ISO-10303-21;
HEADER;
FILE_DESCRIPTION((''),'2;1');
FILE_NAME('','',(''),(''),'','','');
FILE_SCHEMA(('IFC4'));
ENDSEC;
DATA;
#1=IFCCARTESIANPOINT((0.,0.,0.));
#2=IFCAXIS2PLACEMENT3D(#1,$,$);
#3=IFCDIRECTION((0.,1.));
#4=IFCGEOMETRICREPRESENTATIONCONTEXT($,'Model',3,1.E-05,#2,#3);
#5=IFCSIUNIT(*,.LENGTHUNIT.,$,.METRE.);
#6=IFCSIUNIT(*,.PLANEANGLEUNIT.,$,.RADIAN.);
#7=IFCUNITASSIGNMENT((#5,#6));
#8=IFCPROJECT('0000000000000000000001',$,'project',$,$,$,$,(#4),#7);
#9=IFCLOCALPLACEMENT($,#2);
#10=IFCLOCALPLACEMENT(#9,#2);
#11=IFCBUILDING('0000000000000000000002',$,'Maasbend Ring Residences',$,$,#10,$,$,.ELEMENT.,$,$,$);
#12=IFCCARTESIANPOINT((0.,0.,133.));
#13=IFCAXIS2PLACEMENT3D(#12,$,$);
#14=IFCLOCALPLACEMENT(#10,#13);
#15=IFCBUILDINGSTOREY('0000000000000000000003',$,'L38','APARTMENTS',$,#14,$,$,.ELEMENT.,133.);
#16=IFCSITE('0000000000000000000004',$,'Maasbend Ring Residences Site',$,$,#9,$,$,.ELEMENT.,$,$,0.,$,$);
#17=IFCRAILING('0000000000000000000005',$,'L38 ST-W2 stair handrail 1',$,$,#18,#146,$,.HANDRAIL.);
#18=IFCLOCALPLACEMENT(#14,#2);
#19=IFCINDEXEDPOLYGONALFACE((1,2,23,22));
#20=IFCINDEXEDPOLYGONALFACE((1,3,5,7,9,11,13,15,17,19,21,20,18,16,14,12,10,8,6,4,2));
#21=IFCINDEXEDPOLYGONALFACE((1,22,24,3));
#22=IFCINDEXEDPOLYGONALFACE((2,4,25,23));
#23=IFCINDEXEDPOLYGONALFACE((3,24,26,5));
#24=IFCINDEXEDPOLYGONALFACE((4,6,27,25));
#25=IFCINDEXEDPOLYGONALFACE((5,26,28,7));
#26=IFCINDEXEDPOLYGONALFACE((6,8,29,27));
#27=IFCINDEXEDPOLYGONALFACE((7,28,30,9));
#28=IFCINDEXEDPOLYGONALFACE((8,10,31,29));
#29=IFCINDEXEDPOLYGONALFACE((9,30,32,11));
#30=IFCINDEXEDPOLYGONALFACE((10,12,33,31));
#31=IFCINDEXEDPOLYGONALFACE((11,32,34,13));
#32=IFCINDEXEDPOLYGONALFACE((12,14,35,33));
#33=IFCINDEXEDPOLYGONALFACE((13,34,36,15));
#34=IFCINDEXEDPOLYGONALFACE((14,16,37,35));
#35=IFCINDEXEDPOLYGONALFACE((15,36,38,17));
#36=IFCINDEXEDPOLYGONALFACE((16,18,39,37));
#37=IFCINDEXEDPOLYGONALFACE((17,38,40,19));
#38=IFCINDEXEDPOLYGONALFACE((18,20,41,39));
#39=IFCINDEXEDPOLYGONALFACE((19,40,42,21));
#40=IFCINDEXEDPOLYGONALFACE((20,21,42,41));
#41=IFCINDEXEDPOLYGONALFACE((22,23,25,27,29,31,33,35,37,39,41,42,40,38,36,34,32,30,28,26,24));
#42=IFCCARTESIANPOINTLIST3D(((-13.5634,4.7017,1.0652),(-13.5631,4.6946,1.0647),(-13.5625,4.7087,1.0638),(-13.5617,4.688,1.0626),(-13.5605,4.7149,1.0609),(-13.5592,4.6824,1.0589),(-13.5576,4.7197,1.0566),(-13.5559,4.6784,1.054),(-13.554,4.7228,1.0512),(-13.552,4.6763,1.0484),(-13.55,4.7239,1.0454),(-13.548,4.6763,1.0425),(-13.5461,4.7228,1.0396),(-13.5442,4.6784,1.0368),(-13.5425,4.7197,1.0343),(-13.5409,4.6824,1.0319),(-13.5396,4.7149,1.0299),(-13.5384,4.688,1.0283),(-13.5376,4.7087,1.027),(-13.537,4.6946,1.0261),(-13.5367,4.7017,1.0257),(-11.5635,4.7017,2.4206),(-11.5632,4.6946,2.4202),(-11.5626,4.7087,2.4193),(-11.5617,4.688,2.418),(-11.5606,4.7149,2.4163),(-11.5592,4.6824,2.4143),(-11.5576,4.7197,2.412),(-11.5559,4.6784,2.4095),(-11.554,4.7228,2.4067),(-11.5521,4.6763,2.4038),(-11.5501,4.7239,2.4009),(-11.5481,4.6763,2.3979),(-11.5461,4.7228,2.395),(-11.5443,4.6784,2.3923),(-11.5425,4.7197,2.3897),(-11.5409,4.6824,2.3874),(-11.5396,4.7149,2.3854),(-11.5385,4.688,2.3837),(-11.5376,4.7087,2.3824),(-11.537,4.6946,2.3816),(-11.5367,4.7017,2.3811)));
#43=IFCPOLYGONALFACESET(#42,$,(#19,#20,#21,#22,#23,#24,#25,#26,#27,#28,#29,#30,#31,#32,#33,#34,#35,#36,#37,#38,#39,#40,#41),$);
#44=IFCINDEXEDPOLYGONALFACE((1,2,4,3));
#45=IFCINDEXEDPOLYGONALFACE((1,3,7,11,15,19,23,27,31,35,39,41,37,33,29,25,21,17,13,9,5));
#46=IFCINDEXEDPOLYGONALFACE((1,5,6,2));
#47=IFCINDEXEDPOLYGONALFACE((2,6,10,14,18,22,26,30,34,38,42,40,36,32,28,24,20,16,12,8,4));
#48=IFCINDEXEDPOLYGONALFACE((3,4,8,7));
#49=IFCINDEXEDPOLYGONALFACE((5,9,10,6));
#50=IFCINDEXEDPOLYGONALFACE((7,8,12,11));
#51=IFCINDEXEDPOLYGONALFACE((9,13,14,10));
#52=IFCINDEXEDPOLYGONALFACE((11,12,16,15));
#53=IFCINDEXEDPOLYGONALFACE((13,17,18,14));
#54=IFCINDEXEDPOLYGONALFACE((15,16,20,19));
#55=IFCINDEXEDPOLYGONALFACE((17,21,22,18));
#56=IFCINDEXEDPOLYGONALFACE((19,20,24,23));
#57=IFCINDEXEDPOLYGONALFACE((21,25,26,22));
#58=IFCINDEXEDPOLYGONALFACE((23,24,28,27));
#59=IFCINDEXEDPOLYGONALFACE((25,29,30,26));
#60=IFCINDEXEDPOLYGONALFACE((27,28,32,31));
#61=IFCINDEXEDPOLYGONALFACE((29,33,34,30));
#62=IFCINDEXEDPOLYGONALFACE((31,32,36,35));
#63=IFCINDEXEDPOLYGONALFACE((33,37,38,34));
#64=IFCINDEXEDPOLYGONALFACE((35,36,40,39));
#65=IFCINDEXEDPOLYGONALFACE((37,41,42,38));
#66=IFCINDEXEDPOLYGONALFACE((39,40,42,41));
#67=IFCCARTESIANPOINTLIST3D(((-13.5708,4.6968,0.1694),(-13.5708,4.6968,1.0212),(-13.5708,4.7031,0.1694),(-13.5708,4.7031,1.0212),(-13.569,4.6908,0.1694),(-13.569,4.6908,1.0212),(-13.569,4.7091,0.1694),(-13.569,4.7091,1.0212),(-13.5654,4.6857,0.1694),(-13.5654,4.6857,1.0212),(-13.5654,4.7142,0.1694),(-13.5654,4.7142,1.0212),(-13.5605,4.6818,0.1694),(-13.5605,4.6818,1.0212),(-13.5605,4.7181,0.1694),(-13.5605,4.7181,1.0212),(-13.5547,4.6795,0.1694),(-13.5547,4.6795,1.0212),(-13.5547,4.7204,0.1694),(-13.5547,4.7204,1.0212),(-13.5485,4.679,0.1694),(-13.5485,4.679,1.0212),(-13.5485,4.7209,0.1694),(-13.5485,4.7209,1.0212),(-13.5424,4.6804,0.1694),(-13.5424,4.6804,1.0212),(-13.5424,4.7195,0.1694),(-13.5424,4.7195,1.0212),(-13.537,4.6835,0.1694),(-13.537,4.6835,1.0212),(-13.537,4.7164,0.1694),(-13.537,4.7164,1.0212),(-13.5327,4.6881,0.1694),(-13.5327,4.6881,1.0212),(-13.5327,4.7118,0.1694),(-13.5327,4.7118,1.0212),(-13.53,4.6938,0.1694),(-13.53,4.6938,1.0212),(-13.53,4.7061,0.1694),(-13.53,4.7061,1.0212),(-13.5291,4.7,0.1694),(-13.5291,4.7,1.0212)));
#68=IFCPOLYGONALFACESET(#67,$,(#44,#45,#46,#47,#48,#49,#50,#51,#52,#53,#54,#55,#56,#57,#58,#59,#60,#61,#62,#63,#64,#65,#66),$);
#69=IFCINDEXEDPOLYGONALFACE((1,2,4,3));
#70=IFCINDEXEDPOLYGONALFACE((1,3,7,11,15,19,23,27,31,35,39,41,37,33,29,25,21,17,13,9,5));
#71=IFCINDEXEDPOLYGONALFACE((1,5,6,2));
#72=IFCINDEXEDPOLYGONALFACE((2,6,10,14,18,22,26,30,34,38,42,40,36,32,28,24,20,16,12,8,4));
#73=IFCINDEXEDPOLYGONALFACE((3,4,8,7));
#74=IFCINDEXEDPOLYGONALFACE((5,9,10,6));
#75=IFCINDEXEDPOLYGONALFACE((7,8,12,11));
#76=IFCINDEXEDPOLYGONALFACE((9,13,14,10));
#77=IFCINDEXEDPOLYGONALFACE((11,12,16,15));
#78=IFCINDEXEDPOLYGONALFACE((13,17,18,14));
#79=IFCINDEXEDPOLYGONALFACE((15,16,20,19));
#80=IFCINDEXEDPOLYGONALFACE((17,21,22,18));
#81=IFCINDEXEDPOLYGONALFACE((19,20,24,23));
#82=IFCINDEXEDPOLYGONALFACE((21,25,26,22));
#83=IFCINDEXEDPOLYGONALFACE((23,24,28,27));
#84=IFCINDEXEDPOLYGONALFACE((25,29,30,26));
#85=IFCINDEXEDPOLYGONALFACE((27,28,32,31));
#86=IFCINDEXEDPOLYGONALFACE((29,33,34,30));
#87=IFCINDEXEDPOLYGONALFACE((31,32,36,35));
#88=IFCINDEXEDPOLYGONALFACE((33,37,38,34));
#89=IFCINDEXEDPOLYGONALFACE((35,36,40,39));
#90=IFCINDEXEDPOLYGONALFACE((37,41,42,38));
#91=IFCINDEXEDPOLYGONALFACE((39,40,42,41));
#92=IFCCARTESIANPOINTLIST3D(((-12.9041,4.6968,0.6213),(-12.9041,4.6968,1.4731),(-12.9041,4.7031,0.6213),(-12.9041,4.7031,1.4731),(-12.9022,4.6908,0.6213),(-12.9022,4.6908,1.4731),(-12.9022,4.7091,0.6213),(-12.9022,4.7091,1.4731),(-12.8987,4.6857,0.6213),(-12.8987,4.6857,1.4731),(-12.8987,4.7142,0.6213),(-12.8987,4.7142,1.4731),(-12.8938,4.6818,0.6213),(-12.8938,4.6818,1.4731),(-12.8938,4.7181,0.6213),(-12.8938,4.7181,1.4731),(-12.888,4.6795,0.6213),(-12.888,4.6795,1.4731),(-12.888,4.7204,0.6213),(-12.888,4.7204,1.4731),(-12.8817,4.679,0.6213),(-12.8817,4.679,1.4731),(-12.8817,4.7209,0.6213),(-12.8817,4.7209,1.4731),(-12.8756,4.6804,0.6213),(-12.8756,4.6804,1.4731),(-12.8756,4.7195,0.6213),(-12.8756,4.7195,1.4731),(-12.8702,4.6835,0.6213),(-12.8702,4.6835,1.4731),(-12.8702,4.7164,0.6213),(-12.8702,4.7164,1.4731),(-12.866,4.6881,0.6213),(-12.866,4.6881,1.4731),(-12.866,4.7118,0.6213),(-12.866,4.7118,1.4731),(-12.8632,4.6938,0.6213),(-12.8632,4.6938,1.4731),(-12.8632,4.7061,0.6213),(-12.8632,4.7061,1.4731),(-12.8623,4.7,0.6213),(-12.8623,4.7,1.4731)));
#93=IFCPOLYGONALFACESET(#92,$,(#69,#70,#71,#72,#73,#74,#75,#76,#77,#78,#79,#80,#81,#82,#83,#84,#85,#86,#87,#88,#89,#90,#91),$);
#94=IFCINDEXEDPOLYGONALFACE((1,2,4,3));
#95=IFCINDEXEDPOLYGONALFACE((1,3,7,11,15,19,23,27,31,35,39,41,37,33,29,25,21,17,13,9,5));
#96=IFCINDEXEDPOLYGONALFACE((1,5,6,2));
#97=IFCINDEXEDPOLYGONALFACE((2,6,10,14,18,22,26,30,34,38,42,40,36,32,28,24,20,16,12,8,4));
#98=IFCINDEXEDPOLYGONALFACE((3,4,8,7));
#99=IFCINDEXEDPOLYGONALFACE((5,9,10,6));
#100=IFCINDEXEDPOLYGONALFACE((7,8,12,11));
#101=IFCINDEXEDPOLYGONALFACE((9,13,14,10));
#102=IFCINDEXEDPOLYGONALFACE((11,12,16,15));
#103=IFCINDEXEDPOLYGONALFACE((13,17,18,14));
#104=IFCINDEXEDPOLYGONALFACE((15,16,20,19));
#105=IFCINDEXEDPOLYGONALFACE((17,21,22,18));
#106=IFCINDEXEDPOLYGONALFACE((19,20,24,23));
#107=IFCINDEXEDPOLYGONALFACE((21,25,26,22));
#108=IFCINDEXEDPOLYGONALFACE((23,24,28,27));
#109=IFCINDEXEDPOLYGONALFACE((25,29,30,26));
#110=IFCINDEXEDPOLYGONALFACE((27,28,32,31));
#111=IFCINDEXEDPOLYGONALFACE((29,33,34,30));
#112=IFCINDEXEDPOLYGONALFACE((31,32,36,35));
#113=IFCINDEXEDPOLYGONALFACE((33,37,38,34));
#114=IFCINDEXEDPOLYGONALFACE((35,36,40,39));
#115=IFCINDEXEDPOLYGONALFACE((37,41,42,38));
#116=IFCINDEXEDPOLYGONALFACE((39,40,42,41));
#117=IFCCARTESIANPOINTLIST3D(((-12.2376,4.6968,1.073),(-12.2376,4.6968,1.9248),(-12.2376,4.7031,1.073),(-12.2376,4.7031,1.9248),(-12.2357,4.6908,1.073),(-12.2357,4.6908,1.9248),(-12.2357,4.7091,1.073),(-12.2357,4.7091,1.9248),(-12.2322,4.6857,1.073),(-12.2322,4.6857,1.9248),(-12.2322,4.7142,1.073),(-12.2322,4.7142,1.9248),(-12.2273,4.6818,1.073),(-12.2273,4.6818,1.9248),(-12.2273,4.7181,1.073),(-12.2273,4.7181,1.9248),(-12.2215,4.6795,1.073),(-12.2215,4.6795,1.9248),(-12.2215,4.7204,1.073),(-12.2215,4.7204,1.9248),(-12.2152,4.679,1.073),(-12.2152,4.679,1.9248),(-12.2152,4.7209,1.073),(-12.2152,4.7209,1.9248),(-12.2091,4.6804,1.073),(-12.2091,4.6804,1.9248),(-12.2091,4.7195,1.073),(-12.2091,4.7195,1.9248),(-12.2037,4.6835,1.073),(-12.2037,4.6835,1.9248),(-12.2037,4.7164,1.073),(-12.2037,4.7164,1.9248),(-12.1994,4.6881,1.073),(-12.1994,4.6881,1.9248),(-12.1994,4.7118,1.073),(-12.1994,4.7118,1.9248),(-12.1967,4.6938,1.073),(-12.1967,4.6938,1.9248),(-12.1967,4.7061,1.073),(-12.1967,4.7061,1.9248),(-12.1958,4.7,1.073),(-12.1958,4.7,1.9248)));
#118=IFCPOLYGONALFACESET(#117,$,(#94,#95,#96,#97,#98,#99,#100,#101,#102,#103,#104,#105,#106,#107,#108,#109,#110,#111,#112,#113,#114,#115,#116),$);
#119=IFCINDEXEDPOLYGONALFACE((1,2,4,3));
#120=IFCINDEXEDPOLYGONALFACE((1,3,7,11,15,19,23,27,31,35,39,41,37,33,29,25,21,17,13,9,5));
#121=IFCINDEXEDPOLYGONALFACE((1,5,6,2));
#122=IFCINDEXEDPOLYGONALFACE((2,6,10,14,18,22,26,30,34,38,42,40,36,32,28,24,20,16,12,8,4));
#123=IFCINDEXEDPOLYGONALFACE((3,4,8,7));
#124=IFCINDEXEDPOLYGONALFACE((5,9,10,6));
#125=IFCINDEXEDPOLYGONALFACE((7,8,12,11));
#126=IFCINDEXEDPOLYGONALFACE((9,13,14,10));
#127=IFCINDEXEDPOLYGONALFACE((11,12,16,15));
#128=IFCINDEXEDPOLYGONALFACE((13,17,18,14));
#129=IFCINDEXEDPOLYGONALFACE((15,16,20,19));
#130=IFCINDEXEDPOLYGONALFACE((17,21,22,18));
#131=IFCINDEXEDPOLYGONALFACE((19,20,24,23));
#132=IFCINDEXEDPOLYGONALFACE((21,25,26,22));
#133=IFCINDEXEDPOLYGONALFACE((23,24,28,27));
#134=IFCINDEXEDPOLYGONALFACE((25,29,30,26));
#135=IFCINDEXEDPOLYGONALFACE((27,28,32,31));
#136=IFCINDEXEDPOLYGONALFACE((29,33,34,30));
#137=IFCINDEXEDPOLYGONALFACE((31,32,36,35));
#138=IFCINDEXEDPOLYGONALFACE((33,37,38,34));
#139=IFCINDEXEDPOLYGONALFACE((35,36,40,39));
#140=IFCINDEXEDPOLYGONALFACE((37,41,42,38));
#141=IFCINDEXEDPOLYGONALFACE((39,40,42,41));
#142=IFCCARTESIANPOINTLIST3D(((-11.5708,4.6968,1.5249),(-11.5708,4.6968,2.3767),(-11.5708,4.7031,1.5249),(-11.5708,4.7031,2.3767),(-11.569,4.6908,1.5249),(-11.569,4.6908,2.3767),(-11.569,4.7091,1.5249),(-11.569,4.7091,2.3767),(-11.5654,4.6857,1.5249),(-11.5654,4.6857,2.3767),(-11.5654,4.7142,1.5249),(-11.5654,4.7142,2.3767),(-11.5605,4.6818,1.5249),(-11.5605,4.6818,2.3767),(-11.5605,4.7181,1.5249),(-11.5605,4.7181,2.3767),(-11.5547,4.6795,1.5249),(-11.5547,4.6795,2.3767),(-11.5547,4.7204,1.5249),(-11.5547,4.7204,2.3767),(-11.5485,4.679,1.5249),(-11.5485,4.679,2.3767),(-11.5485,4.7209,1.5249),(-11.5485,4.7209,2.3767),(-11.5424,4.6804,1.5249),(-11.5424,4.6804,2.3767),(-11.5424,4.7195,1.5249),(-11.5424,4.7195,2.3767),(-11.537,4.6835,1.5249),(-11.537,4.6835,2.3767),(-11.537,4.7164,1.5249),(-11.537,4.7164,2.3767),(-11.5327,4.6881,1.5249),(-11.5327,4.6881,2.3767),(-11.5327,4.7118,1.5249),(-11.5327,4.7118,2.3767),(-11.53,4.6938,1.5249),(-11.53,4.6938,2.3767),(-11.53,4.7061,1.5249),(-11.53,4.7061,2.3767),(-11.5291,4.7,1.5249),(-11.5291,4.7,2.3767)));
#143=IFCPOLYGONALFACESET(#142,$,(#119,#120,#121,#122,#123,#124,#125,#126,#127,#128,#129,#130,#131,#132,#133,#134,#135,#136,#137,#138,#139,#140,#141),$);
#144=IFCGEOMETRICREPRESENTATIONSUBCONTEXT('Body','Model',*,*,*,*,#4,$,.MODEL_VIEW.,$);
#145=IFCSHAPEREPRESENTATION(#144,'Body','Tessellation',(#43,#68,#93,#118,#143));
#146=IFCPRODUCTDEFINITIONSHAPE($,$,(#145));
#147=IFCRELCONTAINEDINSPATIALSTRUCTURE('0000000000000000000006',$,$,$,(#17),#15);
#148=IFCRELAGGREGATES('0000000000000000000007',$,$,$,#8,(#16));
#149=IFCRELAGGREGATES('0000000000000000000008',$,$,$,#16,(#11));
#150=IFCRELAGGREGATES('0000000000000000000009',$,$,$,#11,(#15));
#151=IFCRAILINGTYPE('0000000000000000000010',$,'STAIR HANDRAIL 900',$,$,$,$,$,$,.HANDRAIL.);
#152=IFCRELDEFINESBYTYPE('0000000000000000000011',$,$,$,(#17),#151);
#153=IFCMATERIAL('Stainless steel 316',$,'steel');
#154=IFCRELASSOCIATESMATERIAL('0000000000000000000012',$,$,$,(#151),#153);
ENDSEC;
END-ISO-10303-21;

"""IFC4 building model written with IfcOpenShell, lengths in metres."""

from ifc_helpers import new_model, si_unit, direction, frame, origin, origin_2d, place, context, subcontext, project, spatial, circle, extrude, material, type_object, element, save


model = new_model("IFC4")

# Units and contexts
model_context = context("Model", 3, precision=1e-05, world=origin(), true_north=direction((0.0, 1.0)))
body_context = subcontext(model_context, "Body", "Model", "MODEL_VIEW")
ifc_project = project(units=[si_unit("LENGTHUNIT", "METRE"), si_unit("PLANEANGLEUNIT", "RADIAN")], contexts=[model_context])

# Site, building, storey
site_placement = place(None, origin())
site = spatial("IfcSite", under=ifc_project, at=site_placement, Name="Maasbend Ring Residences Site", CompositionType="ELEMENT", RefElevation=0.0)
building_placement = place(site_placement, origin())
building = spatial("IfcBuilding", under=site, at=building_placement, Name="Maasbend Ring Residences", CompositionType="ELEMENT")
storey_placement = place(building_placement, frame((0.0, 0.0, 133.0)))
storey = spatial("IfcBuildingStorey", under=building, at=storey_placement, Name="L38", Description="APARTMENTS", CompositionType="ELEMENT", Elevation=133.0)

# Railing
ifc_material_1 = material(Name="Stainless steel 316", Category="steel")
railing_type_1 = type_object("IfcRailingType", Name="STAIR HANDRAIL 900", PredefinedType="HANDRAIL", material=ifc_material_1)
railing_1_placement = place(storey_placement, frame((-13.55, 4.7, 0.1694)))
element("IfcRailing", 1, at=railing_1_placement, inside=storey, type_object=railing_type_1, Name="L38 ST-W2 stair handrail 1", PredefinedType="HANDRAIL", context=body_context, shape_type="SweptSolid", body=[
    extrude(circle(Radius=0.0239, at=origin_2d()), frame((0.0, 0.0, 0.876), z_axis=(0.827798, 0.0, 0.561027), x_axis=(0.0, 1.0, 0.0)), (0.0, 0.0, 1.0), 2.416),
    extrude(circle(Radius=0.021, at=origin_2d()), origin(), (0.0, 0.0, 1.0), 0.8518),
    extrude(circle(Radius=0.021, at=origin_2d()), frame((0.6667, 0.0, 0.4519)), (0.0, 0.0, 1.0), 0.8518),
    extrude(circle(Radius=0.021, at=origin_2d()), frame((1.3333, 0.0, 0.9036)), (0.0, 0.0, 1.0), 0.8518),
    extrude(circle(Radius=0.021, at=origin_2d()), frame((2.0, 0.0, 1.3555)), (0.0, 0.0, 1.0), 0.8518),
])

save(model, "model.ifc")
